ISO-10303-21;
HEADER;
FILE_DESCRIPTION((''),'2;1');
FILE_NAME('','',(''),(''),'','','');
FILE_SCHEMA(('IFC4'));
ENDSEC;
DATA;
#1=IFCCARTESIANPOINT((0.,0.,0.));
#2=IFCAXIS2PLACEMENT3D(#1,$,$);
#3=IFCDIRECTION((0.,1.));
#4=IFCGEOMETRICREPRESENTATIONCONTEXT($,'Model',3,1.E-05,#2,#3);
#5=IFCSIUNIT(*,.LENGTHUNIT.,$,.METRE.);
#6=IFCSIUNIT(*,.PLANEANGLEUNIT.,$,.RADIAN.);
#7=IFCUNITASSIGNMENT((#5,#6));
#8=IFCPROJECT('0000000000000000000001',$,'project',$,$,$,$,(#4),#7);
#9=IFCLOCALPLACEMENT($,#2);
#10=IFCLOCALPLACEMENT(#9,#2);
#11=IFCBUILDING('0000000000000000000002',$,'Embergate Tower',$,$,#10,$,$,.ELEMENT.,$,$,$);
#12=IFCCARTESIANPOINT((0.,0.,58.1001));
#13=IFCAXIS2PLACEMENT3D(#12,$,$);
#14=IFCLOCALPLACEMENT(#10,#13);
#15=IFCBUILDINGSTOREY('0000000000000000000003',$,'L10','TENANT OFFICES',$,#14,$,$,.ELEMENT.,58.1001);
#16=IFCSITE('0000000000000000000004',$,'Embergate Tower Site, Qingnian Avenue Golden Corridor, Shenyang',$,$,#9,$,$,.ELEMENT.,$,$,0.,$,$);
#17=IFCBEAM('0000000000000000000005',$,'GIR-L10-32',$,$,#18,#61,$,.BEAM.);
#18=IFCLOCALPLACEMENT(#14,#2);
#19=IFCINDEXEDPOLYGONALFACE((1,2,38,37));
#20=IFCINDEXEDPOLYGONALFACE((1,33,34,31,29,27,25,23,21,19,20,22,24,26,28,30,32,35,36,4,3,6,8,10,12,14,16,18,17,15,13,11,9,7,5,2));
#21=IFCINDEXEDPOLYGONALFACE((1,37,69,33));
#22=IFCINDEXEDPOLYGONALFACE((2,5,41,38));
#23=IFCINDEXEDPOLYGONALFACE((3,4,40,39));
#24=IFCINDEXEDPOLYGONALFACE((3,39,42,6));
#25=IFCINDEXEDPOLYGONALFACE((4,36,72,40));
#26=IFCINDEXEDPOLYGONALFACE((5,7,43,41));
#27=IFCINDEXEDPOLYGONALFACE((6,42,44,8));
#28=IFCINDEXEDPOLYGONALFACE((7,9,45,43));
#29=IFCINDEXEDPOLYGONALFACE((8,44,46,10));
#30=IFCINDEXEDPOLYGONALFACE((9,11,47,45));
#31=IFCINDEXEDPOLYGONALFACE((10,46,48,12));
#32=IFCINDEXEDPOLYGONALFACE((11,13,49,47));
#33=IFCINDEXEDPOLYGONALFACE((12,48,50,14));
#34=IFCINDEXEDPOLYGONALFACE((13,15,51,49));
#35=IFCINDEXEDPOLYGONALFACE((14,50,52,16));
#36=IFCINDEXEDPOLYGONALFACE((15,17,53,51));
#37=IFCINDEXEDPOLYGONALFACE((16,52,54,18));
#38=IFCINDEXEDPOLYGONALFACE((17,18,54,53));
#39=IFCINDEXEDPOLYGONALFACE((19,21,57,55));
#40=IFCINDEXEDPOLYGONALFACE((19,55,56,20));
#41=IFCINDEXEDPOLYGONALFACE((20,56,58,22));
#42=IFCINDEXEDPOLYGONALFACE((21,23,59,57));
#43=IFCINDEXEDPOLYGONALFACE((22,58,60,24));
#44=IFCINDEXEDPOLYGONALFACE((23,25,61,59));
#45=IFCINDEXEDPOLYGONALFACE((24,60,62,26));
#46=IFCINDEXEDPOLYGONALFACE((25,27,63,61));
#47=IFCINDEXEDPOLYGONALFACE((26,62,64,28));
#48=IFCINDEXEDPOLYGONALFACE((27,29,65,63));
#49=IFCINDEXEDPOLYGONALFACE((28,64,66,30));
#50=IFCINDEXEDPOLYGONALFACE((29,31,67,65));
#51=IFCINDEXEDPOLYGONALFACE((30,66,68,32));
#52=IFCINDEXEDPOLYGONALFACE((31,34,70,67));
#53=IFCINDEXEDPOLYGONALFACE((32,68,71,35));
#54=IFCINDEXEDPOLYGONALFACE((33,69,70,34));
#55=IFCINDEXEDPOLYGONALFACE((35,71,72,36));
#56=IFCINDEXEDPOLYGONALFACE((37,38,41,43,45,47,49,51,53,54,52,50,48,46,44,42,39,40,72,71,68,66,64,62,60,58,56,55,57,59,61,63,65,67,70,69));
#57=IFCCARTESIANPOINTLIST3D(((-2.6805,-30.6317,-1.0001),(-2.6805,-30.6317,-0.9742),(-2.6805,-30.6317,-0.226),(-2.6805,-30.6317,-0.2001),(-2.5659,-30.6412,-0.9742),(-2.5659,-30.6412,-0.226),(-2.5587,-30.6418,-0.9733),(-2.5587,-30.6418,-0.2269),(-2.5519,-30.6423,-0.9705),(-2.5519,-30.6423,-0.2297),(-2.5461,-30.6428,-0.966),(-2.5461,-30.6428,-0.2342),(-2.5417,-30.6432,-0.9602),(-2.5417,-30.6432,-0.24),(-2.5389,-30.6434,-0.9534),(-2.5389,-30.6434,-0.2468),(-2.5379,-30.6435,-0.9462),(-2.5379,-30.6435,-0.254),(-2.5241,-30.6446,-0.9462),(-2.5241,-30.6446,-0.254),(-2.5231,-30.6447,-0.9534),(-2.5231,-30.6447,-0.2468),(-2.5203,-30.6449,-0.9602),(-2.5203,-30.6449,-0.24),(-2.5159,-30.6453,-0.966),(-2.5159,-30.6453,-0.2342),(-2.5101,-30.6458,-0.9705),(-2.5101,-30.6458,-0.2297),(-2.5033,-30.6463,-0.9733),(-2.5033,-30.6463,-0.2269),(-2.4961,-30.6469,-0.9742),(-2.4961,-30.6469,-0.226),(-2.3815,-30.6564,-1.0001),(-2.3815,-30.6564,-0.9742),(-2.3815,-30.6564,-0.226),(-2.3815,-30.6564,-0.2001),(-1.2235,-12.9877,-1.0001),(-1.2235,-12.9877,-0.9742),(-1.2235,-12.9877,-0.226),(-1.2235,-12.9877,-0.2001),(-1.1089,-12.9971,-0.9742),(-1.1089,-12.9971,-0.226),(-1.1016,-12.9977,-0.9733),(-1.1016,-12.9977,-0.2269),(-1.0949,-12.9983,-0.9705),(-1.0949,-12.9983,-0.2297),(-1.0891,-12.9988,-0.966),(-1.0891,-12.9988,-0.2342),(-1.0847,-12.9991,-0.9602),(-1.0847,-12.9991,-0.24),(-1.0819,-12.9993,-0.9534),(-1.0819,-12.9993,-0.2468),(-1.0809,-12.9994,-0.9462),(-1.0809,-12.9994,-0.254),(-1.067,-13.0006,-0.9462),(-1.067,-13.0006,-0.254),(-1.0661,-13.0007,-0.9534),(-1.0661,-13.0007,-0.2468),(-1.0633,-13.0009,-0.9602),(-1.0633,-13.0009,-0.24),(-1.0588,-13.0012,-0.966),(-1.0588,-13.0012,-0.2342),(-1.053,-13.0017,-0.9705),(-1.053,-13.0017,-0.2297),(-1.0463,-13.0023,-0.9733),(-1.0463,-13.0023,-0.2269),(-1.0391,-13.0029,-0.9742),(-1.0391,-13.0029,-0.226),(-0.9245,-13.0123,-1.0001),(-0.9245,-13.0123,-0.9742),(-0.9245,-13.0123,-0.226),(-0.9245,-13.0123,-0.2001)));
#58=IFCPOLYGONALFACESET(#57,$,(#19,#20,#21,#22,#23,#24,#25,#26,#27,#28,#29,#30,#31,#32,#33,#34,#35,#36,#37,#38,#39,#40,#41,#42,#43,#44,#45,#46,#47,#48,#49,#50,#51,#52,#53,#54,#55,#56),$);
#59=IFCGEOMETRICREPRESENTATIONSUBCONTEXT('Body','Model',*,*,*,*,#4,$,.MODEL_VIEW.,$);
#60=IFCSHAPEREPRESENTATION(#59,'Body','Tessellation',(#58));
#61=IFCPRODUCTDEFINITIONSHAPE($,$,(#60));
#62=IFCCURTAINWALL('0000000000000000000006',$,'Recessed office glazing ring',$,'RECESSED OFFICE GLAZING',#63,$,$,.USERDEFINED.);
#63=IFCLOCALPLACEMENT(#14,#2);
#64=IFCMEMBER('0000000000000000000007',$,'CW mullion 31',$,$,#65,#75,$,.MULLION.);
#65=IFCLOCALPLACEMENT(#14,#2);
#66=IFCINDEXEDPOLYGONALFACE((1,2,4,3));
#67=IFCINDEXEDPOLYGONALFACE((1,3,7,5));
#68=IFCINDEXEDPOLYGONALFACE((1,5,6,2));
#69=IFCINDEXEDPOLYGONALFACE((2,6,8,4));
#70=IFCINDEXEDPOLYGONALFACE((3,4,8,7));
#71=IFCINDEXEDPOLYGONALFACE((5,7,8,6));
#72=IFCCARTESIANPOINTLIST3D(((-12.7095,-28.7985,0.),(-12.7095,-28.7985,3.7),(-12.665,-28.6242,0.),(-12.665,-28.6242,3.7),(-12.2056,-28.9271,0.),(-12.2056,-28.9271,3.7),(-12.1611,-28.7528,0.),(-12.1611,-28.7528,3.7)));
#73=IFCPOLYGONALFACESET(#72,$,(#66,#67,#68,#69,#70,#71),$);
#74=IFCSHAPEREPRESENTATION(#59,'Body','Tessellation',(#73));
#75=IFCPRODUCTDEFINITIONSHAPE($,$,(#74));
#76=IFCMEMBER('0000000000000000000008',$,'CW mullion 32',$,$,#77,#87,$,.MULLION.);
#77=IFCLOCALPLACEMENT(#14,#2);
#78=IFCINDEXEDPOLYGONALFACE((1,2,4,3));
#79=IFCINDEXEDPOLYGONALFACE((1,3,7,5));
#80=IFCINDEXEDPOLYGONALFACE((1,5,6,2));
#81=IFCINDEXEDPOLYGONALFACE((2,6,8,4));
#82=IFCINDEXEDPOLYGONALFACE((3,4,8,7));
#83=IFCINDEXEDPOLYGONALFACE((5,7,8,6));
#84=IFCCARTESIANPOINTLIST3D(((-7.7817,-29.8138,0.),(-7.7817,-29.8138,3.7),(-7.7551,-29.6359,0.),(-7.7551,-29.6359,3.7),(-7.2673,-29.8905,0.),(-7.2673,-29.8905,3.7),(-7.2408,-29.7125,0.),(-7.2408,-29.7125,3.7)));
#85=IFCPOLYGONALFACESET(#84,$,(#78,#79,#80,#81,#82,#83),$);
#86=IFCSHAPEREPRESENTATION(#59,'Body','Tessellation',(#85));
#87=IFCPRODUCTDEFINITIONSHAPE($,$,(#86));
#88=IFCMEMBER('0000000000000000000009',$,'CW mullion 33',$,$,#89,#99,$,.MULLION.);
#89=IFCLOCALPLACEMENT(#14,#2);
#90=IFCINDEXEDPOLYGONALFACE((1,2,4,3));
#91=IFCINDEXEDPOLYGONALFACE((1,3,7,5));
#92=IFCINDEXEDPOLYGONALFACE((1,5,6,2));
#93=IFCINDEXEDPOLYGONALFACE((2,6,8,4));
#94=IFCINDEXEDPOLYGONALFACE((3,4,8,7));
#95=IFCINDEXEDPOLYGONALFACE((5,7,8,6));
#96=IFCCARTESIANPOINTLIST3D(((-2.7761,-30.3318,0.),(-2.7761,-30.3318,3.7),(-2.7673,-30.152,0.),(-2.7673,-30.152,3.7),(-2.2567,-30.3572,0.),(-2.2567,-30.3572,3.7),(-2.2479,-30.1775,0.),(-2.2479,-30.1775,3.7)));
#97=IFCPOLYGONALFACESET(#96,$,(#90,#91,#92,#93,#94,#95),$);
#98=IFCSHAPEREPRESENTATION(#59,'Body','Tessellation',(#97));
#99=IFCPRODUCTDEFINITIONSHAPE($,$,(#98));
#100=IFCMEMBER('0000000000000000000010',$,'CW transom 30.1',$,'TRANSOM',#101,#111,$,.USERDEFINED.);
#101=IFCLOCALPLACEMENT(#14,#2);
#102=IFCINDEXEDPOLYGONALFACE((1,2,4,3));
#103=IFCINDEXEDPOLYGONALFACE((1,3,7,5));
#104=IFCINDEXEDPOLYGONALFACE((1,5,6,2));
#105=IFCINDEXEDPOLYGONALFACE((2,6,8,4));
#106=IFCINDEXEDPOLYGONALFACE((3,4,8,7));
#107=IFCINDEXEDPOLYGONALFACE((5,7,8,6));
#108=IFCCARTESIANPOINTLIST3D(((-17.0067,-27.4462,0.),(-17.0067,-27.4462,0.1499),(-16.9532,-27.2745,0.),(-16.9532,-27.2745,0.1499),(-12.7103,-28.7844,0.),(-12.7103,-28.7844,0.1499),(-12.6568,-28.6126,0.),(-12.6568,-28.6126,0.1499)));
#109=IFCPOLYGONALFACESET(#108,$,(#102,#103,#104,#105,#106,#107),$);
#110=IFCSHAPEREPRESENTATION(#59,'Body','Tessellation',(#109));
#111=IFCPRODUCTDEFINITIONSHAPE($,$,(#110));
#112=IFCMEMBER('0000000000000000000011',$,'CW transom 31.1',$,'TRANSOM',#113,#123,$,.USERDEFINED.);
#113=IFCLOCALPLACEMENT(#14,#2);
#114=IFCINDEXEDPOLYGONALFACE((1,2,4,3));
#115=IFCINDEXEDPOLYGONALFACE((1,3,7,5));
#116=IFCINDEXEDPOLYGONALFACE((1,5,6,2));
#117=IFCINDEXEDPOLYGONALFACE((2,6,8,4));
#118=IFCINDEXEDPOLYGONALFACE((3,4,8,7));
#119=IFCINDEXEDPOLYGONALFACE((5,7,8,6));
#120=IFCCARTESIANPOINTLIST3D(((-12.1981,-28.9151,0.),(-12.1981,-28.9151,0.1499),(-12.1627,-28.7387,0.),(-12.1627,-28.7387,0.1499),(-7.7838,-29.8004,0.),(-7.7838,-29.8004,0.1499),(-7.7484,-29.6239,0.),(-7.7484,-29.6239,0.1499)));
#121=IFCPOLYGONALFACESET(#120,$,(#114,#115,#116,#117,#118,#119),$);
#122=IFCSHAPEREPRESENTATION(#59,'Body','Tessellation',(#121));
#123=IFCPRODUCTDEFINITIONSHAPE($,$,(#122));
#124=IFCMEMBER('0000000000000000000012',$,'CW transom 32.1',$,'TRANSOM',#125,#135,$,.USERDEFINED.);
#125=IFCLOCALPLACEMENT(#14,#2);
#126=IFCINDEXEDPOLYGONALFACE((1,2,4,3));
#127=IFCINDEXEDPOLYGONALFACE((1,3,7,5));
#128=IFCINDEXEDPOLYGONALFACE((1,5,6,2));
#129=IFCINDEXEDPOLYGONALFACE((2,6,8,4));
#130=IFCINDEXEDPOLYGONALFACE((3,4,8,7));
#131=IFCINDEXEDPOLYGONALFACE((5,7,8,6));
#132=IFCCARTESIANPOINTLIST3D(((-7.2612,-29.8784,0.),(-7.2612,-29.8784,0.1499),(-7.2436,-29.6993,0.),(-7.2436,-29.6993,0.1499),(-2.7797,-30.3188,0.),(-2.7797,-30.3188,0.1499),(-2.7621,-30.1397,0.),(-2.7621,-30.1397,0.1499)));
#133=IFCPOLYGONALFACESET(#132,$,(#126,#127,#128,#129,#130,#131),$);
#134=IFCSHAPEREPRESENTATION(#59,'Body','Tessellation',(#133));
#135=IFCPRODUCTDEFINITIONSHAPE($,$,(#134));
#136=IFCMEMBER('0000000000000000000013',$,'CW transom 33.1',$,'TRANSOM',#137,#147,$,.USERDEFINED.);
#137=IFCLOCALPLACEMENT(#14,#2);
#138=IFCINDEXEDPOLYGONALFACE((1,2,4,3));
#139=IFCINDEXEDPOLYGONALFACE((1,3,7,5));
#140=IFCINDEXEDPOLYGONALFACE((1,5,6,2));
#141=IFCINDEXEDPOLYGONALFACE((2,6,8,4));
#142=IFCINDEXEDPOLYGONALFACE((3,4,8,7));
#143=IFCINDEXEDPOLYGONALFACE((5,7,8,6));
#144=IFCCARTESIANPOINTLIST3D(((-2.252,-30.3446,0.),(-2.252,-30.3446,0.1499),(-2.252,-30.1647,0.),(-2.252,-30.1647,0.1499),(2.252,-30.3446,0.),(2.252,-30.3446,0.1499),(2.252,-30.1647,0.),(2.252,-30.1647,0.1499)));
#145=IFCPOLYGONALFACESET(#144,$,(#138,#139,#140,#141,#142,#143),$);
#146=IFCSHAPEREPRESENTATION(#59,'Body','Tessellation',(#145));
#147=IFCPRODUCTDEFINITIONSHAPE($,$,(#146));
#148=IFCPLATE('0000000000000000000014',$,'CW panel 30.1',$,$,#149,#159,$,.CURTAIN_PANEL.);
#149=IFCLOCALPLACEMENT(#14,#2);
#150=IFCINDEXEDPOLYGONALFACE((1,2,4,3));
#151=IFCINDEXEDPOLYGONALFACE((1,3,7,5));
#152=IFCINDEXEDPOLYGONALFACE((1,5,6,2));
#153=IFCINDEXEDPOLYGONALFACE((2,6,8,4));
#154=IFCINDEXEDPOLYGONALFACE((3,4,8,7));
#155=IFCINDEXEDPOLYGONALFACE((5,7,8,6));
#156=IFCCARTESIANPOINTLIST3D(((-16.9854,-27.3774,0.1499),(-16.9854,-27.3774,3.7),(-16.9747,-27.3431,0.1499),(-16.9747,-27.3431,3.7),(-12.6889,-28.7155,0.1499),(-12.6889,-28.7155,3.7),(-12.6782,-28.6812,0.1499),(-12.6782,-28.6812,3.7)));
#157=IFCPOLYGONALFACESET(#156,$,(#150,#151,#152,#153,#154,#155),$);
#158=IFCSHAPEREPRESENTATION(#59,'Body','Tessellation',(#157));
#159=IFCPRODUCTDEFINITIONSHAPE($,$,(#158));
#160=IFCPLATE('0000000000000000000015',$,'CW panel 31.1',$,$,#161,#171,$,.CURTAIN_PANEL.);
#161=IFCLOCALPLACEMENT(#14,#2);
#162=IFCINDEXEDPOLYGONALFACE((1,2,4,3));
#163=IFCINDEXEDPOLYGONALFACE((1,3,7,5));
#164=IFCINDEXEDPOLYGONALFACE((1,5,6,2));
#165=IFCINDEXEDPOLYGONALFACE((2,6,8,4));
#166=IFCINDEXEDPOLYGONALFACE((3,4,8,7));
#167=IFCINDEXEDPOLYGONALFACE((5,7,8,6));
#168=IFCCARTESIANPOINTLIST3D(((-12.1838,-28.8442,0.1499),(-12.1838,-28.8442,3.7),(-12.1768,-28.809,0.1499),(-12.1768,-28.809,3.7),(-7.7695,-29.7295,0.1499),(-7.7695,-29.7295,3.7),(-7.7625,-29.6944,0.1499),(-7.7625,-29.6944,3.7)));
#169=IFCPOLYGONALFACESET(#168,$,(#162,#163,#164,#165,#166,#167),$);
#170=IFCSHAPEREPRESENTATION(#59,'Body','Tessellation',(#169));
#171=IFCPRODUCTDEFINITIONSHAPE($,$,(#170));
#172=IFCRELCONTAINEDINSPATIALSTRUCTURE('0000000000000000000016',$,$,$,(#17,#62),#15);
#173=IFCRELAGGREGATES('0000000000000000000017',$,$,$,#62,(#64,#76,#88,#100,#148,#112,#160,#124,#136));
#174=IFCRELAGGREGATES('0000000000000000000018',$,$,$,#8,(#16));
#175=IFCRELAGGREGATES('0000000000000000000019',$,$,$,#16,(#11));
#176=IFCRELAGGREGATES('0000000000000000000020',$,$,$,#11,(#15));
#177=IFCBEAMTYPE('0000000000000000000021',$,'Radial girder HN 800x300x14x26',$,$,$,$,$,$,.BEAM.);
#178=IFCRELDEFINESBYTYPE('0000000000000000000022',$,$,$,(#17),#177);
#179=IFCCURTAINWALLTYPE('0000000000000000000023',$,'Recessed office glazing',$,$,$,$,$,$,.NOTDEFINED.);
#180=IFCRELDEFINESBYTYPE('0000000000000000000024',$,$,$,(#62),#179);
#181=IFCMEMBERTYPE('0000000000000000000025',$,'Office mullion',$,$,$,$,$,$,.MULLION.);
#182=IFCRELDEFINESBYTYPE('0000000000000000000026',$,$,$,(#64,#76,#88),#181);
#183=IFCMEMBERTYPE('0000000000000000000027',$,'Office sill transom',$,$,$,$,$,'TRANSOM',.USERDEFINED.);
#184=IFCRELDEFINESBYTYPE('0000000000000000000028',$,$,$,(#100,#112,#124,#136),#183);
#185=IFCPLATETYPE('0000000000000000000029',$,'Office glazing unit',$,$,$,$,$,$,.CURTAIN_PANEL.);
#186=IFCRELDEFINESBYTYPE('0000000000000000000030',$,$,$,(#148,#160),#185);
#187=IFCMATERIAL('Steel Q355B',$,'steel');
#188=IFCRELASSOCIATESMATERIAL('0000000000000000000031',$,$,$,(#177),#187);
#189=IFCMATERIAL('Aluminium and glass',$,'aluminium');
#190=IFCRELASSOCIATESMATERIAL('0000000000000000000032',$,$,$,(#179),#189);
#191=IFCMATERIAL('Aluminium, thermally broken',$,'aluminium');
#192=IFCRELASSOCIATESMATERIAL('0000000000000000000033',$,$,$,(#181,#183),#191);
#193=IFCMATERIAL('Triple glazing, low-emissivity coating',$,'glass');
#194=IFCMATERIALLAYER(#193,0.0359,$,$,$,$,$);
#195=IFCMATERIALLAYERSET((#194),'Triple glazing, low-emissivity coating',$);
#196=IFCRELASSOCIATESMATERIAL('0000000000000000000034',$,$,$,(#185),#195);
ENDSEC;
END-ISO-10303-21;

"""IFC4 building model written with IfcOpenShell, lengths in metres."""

from ifc_helpers import new_model, si_unit, direction, frame, origin, origin_2d, place, context, subcontext, project, spatial, rectangle, i_section, extrude, source, transform, mapped, material, layer, layer_set, material_profile, profile_set, type_object, element, aggregate, save


model = new_model("IFC4")

# Units and contexts
model_context = context("Model", 3, precision=1e-05, world=origin(), true_north=direction((0.0, 1.0)))
body_context = subcontext(model_context, "Body", "Model", "MODEL_VIEW")
ifc_project = project(units=[si_unit("LENGTHUNIT", "METRE"), si_unit("PLANEANGLEUNIT", "RADIAN")], contexts=[model_context])

# Site, building, storey
site_placement = place(None, origin())
site = spatial("IfcSite", under=ifc_project, at=site_placement, Name="Embergate Tower Site, Qingnian Avenue Golden Corridor, Shenyang", CompositionType="ELEMENT", RefElevation=0.0)
building_placement = place(site_placement, origin())
building = spatial("IfcBuilding", under=site, at=building_placement, Name="Embergate Tower", CompositionType="ELEMENT")
storey_placement = place(building_placement, frame((0.0, 0.0, 58.1001)))
storey = spatial("IfcBuildingStorey", under=building, at=storey_placement, Name="L10", Description="TENANT OFFICES", CompositionType="ELEMENT", Elevation=58.1001)

# Beam
ifc_material_1 = material(Name="Steel Q355B", Category="steel")
ifc_material_profile_1 = material_profile(ifc_material_1, i_section(OverallWidth=0.3, OverallDepth=0.8, WebThickness=0.0139, FlangeThickness=0.0259, FilletRadius=0.0281, at=origin_2d()), Name="HN 800x300x14x26")
ifc_profile_set_1 = profile_set([ifc_material_profile_1], Name="Steel Q355 grade B")
beam_type_1 = type_object("IfcBeamType", Name="Radial girder HN 800x300x14x26", PredefinedType="BEAM", material=ifc_profile_set_1)
shared_shape_1 = source(origin(), body_context, "Body", "SweptSolid", [
    extrude(i_section(OverallWidth=0.3, OverallDepth=0.8, WebThickness=0.0139, FlangeThickness=0.0259, FilletRadius=0.0281, at=origin_2d()), origin(), (0.0, 0.0, 1.0), 17.7041),
])
beam_1_placement = place(storey_placement, frame((-2.531, -30.644, -0.6001), z_axis=(0.082299, 0.996608, 0.0), x_axis=(-0.996608, 0.082299, 0.0)))
element("IfcBeam", 1, at=beam_1_placement, inside=storey, type_object=beam_type_1, Name="GIR-L10-32", PredefinedType="BEAM", context=body_context, shape_type="MappedRepresentation", body=[
    mapped(shared_shape_1, transform((0.0, 0.0, 0.0))),
])

# Curtain wall, members, plates
ifc_material_2 = material(Name="Aluminium and glass", Category="aluminium")
curtain_wall_type = type_object("IfcCurtainWallType", Name="Recessed office glazing", PredefinedType="NOTDEFINED", material=ifc_material_2)
curtain_wall_placement = place(storey_placement, origin())
curtain_wall = element("IfcCurtainWall", 2, at=curtain_wall_placement, inside=storey, type_object=curtain_wall_type, Name="Recessed office glazing ring", ObjectType="RECESSED OFFICE GLAZING", PredefinedType="USERDEFINED")
ifc_material_3 = material(Name="Aluminium, thermally broken", Category="aluminium")
ifc_material_profile_2 = material_profile(ifc_material_3, rectangle(XDim=0.1799, YDim=0.52, at=origin_2d()), Name="AL 520x180")
ifc_profile_set_2 = profile_set([ifc_material_profile_2], Name="Aluminium, thermally broken")
member_type_1 = type_object("IfcMemberType", Name="Office mullion", PredefinedType="MULLION", material=ifc_profile_set_2)
shared_shape_2 = source(origin(), body_context, "Body", "SweptSolid", [
    extrude(rectangle(XDim=0.1799, YDim=0.52, at=origin_2d()), origin(), (0.0, 0.0, 1.0), 3.7),
])
member_1_placement = place(storey_placement, frame((-12.4353, -28.7756, 0.0), z_axis=(0.0, 0.0, 1.0), x_axis=(0.247319, 0.968934, 0.0)))
member_1 = element("IfcMember", 3, at=member_1_placement, type_object=member_type_1, Name="CW mullion 31", PredefinedType="MULLION", context=body_context, shape_type="MappedRepresentation", body=[
    mapped(shared_shape_2, transform((0.0, 0.0, 0.0))),
])
member_2_placement = place(storey_placement, frame((-7.5112, -29.7632, 0.0), z_axis=(0.0, 0.0, 1.0), x_axis=(0.147416, 0.989075, 0.0)))
member_2 = element("IfcMember", 4, at=member_2_placement, type_object=member_type_1, Name="CW mullion 32", PredefinedType="MULLION", context=body_context, shape_type="MappedRepresentation", body=[
    mapped(shared_shape_2, transform((0.0, 0.0, 0.0))),
])
member_3_placement = place(storey_placement, frame((-2.512, -30.2546, 0.0), z_axis=(0.0, 0.0, 1.0), x_axis=(0.048972, 0.9988, 0.0)))
member_3 = element("IfcMember", 5, at=member_3_placement, type_object=member_type_1, Name="CW mullion 33", PredefinedType="MULLION", context=body_context, shape_type="MappedRepresentation", body=[
    mapped(shared_shape_2, transform((0.0, 0.0, 0.0))),
])
ifc_material_profile_3 = material_profile(ifc_material_3, rectangle(XDim=0.1799, YDim=0.1499, at=origin_2d()), Name="AL 150x180")
ifc_profile_set_3 = profile_set([ifc_material_profile_3], Name="Aluminium, thermally broken")
member_type_2 = type_object("IfcMemberType", Name="Office sill transom", ElementType="TRANSOM", PredefinedType="USERDEFINED", material=ifc_profile_set_3)
shared_shape_3 = source(origin(), body_context, "Body", "SweptSolid", [
    extrude(rectangle(XDim=0.1799, YDim=0.1499, at=origin_2d()), origin(), (0.0, 0.0, 1.0), 4.5),
])
member_4_placement = place(storey_placement, frame((-16.98, -27.3604, 0.075), z_axis=(0.954763, -0.297367, 0.0), x_axis=(0.297367, 0.954763, 0.0)))
member_4 = element("IfcMember", 6, at=member_4_placement, type_object=member_type_2, Name="CW transom 30.1", ObjectType="TRANSOM", PredefinedType="USERDEFINED", context=body_context, shape_type="MappedRepresentation", body=[
    mapped(shared_shape_3, transform((0.0, 0.0, 0.0))),
])
shared_shape_4 = source(origin(), body_context, "Body", "SweptSolid", [
    extrude(rectangle(XDim=0.1799, YDim=0.1499, at=origin_2d()), origin(), (0.0, 0.0, 1.0), 4.5022),
])
member_5_placement = place(storey_placement, frame((-12.1804, -28.8269, 0.075), z_axis=(0.980478, -0.196627, 0.0), x_axis=(0.196627, 0.980478, 0.0)))
member_5 = element("IfcMember", 7, at=member_5_placement, type_object=member_type_2, Name="CW transom 31.1", ObjectType="TRANSOM", PredefinedType="USERDEFINED", context=body_context, shape_type="MappedRepresentation", body=[
    mapped(shared_shape_4, transform((0.0, 0.0, 0.0))),
])
shared_shape_5 = source(origin(), body_context, "Body", "SweptSolid", [
    extrude(rectangle(XDim=0.1799, YDim=0.1499, at=origin_2d()), origin(), (0.0, 0.0, 1.0), 4.5032),
])
member_6_placement = place(storey_placement, frame((-7.2524, -29.7888, 0.075), z_axis=(0.995206, -0.097802, 0.0), x_axis=(0.097802, 0.995206, 0.0)))
member_6 = element("IfcMember", 8, at=member_6_placement, type_object=member_type_2, Name="CW transom 32.1", ObjectType="TRANSOM", PredefinedType="USERDEFINED", context=body_context, shape_type="MappedRepresentation", body=[
    mapped(shared_shape_5, transform((0.0, 0.0, 0.0))),
])
shared_shape_6 = source(origin(), body_context, "Body", "SweptSolid", [
    extrude(rectangle(XDim=0.1799, YDim=0.1499, at=origin_2d()), origin(), (0.0, 0.0, 1.0), 4.5039),
])
member_7_placement = place(storey_placement, frame((-2.252, -30.2546, 0.075), z_axis=(1.0, 0.0, 0.0), x_axis=(0.0, 1.0, 0.0)))
member_7 = element("IfcMember", 9, at=member_7_placement, type_object=member_type_2, Name="CW transom 33.1", ObjectType="TRANSOM", PredefinedType="USERDEFINED", context=body_context, shape_type="MappedRepresentation", body=[
    mapped(shared_shape_6, transform((0.0, 0.0, 0.0))),
])
ifc_material_4 = material(Name="Triple glazing, low-emissivity coating", Category="glass")
ifc_layer_1 = layer(ifc_material_4, 0.0359)
ifc_layer_set_1 = layer_set([ifc_layer_1], Name="Triple glazing, low-emissivity coating")
plate_type = type_object("IfcPlateType", Name="Office glazing unit", PredefinedType="CURTAIN_PANEL", material=ifc_layer_set_1)
shared_shape_7 = source(origin(), body_context, "Body", "SweptSolid", [
    extrude(rectangle(XDim=4.5, YDim=0.0359, at=origin_2d()), origin(), (0.0, 0.0, 1.0), 3.55),
])
plate_1_placement = place(storey_placement, frame((-14.8318, -28.0293, 0.1499), z_axis=(0.0, 0.0, 1.0), x_axis=(0.95477, -0.297345, 0.0)))
plate_1 = element("IfcPlate", 10, at=plate_1_placement, type_object=plate_type, Name="CW panel 30.1", PredefinedType="CURTAIN_PANEL", context=body_context, shape_type="MappedRepresentation", body=[
    mapped(shared_shape_7, transform((0.0, 0.0, 0.0))),
])
shared_shape_8 = source(origin(), body_context, "Body", "SweptSolid", [
    extrude(rectangle(XDim=4.5022, YDim=0.0359, at=origin_2d()), origin(), (0.0, 0.0, 1.0), 3.55),
])
plate_2_placement = place(storey_placement, frame((-9.9731, -29.2693, 0.1499), z_axis=(0.0, 0.0, 1.0), x_axis=(0.980475, -0.196644, 0.0)))
plate_2 = element("IfcPlate", 11, at=plate_2_placement, type_object=plate_type, Name="CW panel 31.1", PredefinedType="CURTAIN_PANEL", context=body_context, shape_type="MappedRepresentation", body=[
    mapped(shared_shape_8, transform((0.0, 0.0, 0.0))),
])
aggregate(curtain_wall, [member_1, member_2, member_3, member_4, plate_1, member_5, plate_2, member_6, member_7])

save(model, "model.ifc")
